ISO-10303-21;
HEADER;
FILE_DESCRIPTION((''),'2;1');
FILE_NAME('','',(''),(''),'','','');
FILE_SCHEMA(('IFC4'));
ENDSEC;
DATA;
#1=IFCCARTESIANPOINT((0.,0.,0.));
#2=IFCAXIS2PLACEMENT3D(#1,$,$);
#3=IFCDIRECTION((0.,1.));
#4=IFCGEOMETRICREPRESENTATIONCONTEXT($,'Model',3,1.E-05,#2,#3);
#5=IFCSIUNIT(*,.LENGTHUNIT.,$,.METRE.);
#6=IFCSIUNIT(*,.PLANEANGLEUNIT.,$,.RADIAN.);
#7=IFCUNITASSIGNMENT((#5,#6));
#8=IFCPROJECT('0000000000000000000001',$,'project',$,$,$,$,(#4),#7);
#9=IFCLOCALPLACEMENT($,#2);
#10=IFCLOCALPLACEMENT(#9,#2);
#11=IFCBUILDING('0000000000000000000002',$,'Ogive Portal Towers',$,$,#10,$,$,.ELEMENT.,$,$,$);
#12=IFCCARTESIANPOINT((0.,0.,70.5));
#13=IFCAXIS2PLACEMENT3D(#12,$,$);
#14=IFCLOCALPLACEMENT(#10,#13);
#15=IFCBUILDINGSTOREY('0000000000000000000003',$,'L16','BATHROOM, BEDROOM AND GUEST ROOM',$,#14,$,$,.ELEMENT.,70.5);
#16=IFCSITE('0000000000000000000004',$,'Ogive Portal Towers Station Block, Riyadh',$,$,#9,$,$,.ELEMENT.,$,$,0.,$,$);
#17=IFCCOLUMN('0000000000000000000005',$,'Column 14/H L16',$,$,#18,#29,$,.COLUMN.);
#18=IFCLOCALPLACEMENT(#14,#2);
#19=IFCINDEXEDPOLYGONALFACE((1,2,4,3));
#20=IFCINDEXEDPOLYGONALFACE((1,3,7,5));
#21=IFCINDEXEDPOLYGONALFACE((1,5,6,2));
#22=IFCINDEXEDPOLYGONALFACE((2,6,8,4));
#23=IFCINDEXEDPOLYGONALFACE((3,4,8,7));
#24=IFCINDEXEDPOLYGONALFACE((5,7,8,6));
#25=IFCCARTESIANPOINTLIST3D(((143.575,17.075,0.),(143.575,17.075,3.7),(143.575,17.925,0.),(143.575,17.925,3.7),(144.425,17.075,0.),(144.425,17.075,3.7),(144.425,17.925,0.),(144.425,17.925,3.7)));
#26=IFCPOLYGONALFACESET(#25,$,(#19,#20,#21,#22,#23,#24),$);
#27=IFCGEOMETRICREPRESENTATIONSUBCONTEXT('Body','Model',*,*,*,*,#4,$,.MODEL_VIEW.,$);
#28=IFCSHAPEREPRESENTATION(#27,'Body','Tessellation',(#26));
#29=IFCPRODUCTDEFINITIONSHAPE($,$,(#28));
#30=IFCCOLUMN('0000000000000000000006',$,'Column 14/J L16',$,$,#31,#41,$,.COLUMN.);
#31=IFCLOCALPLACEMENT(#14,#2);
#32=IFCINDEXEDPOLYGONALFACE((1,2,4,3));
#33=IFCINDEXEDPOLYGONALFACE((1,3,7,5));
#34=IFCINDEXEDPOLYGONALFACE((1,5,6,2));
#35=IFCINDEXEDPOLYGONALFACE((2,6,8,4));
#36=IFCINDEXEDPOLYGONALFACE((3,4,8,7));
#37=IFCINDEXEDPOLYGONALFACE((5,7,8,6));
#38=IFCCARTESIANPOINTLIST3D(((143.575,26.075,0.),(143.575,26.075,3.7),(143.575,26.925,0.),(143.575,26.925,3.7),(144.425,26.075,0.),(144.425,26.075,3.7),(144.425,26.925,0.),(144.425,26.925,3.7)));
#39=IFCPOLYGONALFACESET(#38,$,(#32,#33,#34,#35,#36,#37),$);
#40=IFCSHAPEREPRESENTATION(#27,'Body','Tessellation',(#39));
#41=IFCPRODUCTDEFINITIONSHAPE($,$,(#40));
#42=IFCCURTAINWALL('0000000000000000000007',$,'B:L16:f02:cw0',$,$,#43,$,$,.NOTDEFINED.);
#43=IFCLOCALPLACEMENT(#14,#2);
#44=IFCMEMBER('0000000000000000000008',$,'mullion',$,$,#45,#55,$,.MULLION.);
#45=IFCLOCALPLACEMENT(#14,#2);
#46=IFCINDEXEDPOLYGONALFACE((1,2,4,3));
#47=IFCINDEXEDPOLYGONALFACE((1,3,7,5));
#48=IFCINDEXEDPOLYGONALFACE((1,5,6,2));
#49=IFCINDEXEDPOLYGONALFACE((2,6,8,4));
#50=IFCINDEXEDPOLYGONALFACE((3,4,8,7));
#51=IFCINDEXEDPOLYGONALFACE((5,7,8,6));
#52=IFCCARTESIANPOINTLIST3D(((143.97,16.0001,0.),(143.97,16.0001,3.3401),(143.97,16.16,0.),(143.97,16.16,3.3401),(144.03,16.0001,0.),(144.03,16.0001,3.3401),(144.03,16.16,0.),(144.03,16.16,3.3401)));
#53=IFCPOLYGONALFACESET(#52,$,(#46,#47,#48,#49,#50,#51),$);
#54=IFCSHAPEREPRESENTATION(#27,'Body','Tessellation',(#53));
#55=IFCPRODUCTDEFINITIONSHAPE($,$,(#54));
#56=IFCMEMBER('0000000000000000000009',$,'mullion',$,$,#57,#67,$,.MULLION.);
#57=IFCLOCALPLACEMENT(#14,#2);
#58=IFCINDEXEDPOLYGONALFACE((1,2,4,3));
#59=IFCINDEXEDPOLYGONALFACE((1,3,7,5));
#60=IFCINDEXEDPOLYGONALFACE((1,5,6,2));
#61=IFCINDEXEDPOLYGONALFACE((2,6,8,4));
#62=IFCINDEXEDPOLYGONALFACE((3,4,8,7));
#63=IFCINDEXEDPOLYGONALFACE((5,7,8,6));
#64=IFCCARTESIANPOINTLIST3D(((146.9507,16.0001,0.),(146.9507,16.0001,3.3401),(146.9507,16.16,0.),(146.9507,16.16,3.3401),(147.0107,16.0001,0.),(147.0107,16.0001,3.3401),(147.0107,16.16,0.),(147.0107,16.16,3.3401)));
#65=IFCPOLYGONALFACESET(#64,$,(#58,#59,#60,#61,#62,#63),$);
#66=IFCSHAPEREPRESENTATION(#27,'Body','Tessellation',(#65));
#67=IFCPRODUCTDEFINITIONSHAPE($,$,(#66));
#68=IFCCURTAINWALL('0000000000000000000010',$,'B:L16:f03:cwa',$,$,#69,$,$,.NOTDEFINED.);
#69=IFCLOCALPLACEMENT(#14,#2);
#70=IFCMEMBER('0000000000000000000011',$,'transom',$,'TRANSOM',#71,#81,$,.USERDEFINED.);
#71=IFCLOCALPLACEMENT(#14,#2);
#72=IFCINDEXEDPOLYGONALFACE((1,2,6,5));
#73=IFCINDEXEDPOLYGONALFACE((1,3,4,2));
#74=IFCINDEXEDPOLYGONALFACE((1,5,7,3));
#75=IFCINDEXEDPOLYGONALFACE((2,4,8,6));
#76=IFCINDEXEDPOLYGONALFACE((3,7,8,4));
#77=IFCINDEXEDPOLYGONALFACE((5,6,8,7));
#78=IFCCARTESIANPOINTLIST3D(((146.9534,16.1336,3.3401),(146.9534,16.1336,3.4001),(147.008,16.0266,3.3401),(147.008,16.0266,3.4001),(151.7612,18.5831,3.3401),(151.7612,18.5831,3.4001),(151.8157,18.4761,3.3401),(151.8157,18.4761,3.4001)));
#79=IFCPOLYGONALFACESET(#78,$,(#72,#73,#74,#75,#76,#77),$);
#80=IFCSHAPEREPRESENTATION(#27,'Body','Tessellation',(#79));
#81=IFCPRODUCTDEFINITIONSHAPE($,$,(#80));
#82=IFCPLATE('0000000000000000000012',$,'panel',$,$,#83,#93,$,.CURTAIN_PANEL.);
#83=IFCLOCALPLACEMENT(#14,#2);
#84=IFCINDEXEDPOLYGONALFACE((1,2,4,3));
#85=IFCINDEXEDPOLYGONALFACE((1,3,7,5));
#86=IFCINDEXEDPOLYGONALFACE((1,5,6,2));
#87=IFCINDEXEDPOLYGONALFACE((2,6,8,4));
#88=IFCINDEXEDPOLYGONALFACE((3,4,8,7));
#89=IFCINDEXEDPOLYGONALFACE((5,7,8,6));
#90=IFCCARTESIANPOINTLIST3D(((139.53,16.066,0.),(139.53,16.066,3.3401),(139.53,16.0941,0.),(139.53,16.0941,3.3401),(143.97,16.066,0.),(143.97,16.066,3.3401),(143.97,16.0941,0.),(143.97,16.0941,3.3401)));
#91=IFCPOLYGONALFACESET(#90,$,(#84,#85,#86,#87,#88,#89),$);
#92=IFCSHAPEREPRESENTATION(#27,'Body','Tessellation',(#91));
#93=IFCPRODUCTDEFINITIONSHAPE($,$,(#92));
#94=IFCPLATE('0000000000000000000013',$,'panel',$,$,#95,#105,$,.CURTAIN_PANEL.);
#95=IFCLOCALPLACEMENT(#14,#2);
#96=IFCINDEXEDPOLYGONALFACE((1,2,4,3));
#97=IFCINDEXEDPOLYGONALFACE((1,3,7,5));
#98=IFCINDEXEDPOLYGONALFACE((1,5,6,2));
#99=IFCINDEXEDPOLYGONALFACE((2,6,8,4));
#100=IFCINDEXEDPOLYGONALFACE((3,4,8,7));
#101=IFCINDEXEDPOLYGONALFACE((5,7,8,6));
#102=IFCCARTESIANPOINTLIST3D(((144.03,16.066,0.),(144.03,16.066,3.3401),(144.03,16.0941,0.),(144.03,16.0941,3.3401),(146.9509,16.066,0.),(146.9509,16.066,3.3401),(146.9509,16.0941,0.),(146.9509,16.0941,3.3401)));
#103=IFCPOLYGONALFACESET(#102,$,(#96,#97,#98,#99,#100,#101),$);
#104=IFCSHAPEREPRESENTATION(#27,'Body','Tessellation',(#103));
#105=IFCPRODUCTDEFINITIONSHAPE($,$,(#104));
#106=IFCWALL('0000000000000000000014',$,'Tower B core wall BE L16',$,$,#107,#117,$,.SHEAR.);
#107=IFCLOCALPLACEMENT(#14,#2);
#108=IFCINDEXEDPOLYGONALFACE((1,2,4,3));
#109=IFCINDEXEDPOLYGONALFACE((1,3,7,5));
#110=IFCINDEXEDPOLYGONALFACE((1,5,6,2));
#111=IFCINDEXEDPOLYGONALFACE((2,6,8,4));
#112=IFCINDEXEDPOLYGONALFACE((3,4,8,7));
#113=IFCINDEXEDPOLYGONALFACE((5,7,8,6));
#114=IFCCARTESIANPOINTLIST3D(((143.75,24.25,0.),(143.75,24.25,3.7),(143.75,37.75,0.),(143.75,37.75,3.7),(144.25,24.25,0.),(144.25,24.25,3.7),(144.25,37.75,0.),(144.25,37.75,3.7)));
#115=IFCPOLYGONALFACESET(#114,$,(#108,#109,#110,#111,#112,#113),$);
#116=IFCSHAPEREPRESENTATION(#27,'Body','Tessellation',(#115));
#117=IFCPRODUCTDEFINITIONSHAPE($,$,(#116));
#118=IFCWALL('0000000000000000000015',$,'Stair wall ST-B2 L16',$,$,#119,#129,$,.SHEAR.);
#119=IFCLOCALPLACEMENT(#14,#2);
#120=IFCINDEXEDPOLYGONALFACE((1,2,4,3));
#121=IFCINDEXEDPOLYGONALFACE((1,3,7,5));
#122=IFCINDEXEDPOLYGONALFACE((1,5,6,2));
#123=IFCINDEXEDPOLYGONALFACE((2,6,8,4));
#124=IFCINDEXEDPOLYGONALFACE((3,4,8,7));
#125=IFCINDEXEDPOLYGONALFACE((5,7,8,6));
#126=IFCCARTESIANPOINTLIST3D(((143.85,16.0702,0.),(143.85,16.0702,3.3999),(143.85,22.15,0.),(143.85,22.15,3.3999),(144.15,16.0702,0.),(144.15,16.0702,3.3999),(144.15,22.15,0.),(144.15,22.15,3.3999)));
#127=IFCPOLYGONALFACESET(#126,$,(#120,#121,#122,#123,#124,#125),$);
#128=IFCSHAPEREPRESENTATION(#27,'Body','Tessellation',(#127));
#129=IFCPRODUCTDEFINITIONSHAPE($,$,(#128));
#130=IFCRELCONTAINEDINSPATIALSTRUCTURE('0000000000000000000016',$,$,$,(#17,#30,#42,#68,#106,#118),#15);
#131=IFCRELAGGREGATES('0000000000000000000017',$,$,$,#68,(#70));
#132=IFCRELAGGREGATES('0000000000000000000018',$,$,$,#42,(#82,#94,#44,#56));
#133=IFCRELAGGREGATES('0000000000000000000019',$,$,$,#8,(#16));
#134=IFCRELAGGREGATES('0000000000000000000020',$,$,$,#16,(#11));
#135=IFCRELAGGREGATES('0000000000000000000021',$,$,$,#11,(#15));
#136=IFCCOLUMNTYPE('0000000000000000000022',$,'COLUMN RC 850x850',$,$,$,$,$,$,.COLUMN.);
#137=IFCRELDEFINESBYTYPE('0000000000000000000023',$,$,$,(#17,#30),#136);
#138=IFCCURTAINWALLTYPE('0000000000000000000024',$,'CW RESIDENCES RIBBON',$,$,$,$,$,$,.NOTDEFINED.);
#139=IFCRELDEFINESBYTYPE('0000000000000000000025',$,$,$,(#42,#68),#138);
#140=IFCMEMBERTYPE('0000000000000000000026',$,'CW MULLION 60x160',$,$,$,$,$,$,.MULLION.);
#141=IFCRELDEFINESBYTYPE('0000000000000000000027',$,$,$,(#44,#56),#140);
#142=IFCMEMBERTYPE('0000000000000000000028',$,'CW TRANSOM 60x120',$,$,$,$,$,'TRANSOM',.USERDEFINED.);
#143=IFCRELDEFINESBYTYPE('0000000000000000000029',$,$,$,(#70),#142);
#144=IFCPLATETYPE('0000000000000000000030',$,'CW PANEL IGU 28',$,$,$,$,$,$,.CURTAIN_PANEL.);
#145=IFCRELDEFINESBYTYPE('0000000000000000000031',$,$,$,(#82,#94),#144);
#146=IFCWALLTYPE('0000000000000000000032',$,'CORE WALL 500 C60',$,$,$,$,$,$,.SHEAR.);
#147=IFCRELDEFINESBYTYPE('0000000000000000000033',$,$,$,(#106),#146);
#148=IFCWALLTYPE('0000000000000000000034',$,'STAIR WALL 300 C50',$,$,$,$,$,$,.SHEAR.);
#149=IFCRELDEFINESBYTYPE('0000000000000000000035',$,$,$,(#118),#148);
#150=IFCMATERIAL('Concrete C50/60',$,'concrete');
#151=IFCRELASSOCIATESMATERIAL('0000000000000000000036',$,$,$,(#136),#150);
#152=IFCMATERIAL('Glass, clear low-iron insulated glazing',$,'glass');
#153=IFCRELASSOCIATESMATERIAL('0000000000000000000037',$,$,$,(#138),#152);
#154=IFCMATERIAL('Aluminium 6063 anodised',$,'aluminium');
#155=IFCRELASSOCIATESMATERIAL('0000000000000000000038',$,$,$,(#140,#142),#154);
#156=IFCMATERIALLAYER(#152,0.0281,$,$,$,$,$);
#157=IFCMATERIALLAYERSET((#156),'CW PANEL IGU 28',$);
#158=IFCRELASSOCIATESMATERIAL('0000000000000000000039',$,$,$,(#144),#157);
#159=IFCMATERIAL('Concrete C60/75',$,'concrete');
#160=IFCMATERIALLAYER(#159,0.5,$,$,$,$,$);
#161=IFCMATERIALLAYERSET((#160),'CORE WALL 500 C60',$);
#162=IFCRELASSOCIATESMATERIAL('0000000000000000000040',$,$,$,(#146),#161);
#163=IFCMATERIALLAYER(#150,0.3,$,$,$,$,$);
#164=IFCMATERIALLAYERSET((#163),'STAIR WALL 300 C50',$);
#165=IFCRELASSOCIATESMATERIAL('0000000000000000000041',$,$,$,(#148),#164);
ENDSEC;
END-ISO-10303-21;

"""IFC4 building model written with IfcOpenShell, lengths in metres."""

from ifc_helpers import new_model, si_unit, direction, frame, frame_2d, origin, origin_2d, place, context, subcontext, project, spatial, rectangle, extrude, material, layer, layer_set, material_profile, profile_set, type_object, element, aggregate, save


model = new_model("IFC4")

# Units and contexts
model_context = context("Model", 3, precision=1e-05, world=origin(), true_north=direction((0.0, 1.0)))
body_context = subcontext(model_context, "Body", "Model", "MODEL_VIEW")
ifc_project = project(units=[si_unit("LENGTHUNIT", "METRE"), si_unit("PLANEANGLEUNIT", "RADIAN")], contexts=[model_context])

# Site, building, storey
site_placement = place(None, origin())
site = spatial("IfcSite", under=ifc_project, at=site_placement, Name="Ogive Portal Towers Station Block, Riyadh", CompositionType="ELEMENT", RefElevation=0.0)
building_placement = place(site_placement, origin())
building = spatial("IfcBuilding", under=site, at=building_placement, Name="Ogive Portal Towers", CompositionType="ELEMENT")
storey_placement = place(building_placement, frame((0.0, 0.0, 70.5)))
storey = spatial("IfcBuildingStorey", under=building, at=storey_placement, Name="L16", Description="BATHROOM, BEDROOM AND GUEST ROOM", CompositionType="ELEMENT", Elevation=70.5)

# Columns
ifc_material_1 = material(Name="Concrete C50/60", Category="concrete")
ifc_material_profile_1 = material_profile(ifc_material_1, rectangle(XDim=0.8501, YDim=0.8501, at=origin_2d()), Name="RC 850x850")
ifc_profile_set_1 = profile_set([ifc_material_profile_1], Name="Concrete C50/60")
column_type = type_object("IfcColumnType", Name="COLUMN RC 850x850", PredefinedType="COLUMN", material=ifc_profile_set_1)
for number, where, z_axis, x_axis, name in (
    (1, (144.0, 17.5, 0.0), (0.0, 0.0, 1.0), (1.0, 0.0, 0.0), "Column 14/H L16"),
    (2, (144.0, 26.5, 0.0), (0.0, 0.0, 1.0), (1.0, 0.0, 0.0), "Column 14/J L16"),
):
    element("IfcColumn", number, at=place(storey_placement, frame(where, z_axis=z_axis, x_axis=x_axis)), inside=storey, type_object=column_type, Name=name, PredefinedType="COLUMN", context=body_context, shape_type="SweptSolid", body=[
        extrude(rectangle(XDim=0.8501, YDim=0.8501, at=origin_2d()), origin(), (0.0, 0.0, 1.0), 3.7),
    ])

# Curtain wall, members
ifc_material_2 = material(Name="Glass, clear low-iron insulated glazing", Category="glass")
curtain_wall_type = type_object("IfcCurtainWallType", Name="CW RESIDENCES RIBBON", PredefinedType="NOTDEFINED", material=ifc_material_2)
curtain_wall_1_placement = place(storey_placement, origin())
curtain_wall_1 = element("IfcCurtainWall", 3, at=curtain_wall_1_placement, inside=storey, type_object=curtain_wall_type, Name="B:L16:f02:cw0", PredefinedType="NOTDEFINED")
ifc_material_3 = material(Name="Aluminium 6063 anodised", Category="aluminium")
ifc_material_profile_2 = material_profile(ifc_material_3, rectangle(XDim=0.1599, YDim=0.0601, at=origin_2d()), Name="AL 60x160")
ifc_profile_set_2 = profile_set([ifc_material_profile_2], Name="Aluminium 6063 anodised")
member_type_1 = type_object("IfcMemberType", Name="CW MULLION 60x160", PredefinedType="MULLION", material=ifc_profile_set_2)
member_1_placement = place(storey_placement, frame((144.0, 16.0801, 0.0), z_axis=(0.0, 0.0, 1.0), x_axis=(0.0, 1.0, 0.0)))
member_1 = element("IfcMember", 4, at=member_1_placement, type_object=member_type_1, Name="mullion", PredefinedType="MULLION", context=body_context, shape_type="SweptSolid", body=[
    extrude(rectangle(XDim=0.1599, YDim=0.0601, at=origin_2d()), origin(), (0.0, 0.0, 1.0), 3.3401),
])
member_2_placement = place(storey_placement, frame((146.9807, 16.0801, 0.0), z_axis=(0.0, 0.0, 1.0), x_axis=(0.0, 1.0, 0.0)))
member_2 = element("IfcMember", 5, at=member_2_placement, type_object=member_type_1, Name="mullion", PredefinedType="MULLION", context=body_context, shape_type="SweptSolid", body=[
    extrude(rectangle(XDim=0.1599, YDim=0.0601, at=origin_2d()), origin(), (0.0, 0.0, 1.0), 3.3401),
])

# Curtain wall, member
curtain_wall_2_placement = place(storey_placement, origin())
curtain_wall_2 = element("IfcCurtainWall", 6, at=curtain_wall_2_placement, inside=storey, type_object=curtain_wall_type, Name="B:L16:f03:cwa", PredefinedType="NOTDEFINED")
ifc_material_profile_3 = material_profile(ifc_material_3, rectangle(XDim=0.1201, YDim=0.0601, at=origin_2d()), Name="AL 120x60")
ifc_profile_set_3 = profile_set([ifc_material_profile_3], Name="Aluminium 6063 anodised")
member_type_2 = type_object("IfcMemberType", Name="CW TRANSOM 60x120", ElementType="TRANSOM", PredefinedType="USERDEFINED", material=ifc_profile_set_3)
member_3_placement = place(storey_placement, frame((146.9807, 16.0801, 3.3701), z_axis=(0.891017, 0.45397, 0.0), x_axis=(-0.45397, 0.891017, 0.0)))
member_3 = element("IfcMember", 7, at=member_3_placement, type_object=member_type_2, Name="transom", ObjectType="TRANSOM", PredefinedType="USERDEFINED", context=body_context, shape_type="SweptSolid", body=[
    extrude(rectangle(XDim=0.1201, YDim=0.0601, at=origin_2d()), origin(), (0.0, 0.0, 1.0), 5.3958),
])
aggregate(curtain_wall_2, [member_3])

# Plates
ifc_layer_1 = layer(ifc_material_2, 0.0281)
ifc_layer_set_1 = layer_set([ifc_layer_1], Name="CW PANEL IGU 28")
plate_type = type_object("IfcPlateType", Name="CW PANEL IGU 28", PredefinedType="CURTAIN_PANEL", material=ifc_layer_set_1)
plate_1_placement = place(storey_placement, frame((141.75, 16.0801, 0.0), z_axis=(0.0, 0.0, 1.0), x_axis=(1.0, 0.0, 0.0)))
plate_1 = element("IfcPlate", 8, at=plate_1_placement, type_object=plate_type, Name="panel", PredefinedType="CURTAIN_PANEL", context=body_context, shape_type="SweptSolid", body=[
    extrude(rectangle(XDim=4.4399, YDim=0.0281, at=origin_2d()), origin(), (0.0, 0.0, 1.0), 3.3401),
])
plate_2_placement = place(storey_placement, frame((145.4905, 16.0801, 0.0), z_axis=(0.0, 0.0, 1.0), x_axis=(1.0, 0.0, 0.0)))
plate_2 = element("IfcPlate", 9, at=plate_2_placement, type_object=plate_type, Name="panel", PredefinedType="CURTAIN_PANEL", context=body_context, shape_type="SweptSolid", body=[
    extrude(rectangle(XDim=2.9209, YDim=0.0281, at=origin_2d()), origin(), (0.0, 0.0, 1.0), 3.3401),
])
aggregate(curtain_wall_1, [plate_1, plate_2, member_1, member_2])

# Walls
ifc_material_4 = material(Name="Concrete C60/75", Category="concrete")
ifc_layer_2 = layer(ifc_material_4, 0.5)
ifc_layer_set_2 = layer_set([ifc_layer_2], Name="CORE WALL 500 C60")
wall_type_1 = type_object("IfcWallType", Name="CORE WALL 500 C60", PredefinedType="SHEAR", material=ifc_layer_set_2)
wall_1_placement = place(storey_placement, frame((144.0, 24.25, 0.0), z_axis=(0.0, 0.0, 1.0), x_axis=(0.0, 1.0, 0.0)))
element("IfcWall", 10, at=wall_1_placement, inside=storey, type_object=wall_type_1, Name="Tower B core wall BE L16", PredefinedType="SHEAR", context=body_context, shape_type="SweptSolid", body=[
    extrude(rectangle(XDim=13.5, YDim=0.5, at=frame_2d((6.75, 0.0))), origin(), (0.0, 0.0, 1.0), 3.7),
])
ifc_layer_3 = layer(ifc_material_1, 0.3)
ifc_layer_set_3 = layer_set([ifc_layer_3], Name="STAIR WALL 300 C50")
wall_type_2 = type_object("IfcWallType", Name="STAIR WALL 300 C50", PredefinedType="SHEAR", material=ifc_layer_set_3)
wall_2_placement = place(storey_placement, frame((144.0, 16.0701, 0.0), z_axis=(0.0, 0.0, 1.0), x_axis=(0.0, 1.0, 0.0)))
element("IfcWall", 11, at=wall_2_placement, inside=storey, type_object=wall_type_2, Name="Stair wall ST-B2 L16", PredefinedType="SHEAR", context=body_context, shape_type="SweptSolid", body=[
    extrude(rectangle(XDim=6.0798, YDim=0.3, at=frame_2d((3.04, 0.0))), origin(), (0.0, 0.0, 1.0), 3.3999),
])

save(model, "model.ifc")
